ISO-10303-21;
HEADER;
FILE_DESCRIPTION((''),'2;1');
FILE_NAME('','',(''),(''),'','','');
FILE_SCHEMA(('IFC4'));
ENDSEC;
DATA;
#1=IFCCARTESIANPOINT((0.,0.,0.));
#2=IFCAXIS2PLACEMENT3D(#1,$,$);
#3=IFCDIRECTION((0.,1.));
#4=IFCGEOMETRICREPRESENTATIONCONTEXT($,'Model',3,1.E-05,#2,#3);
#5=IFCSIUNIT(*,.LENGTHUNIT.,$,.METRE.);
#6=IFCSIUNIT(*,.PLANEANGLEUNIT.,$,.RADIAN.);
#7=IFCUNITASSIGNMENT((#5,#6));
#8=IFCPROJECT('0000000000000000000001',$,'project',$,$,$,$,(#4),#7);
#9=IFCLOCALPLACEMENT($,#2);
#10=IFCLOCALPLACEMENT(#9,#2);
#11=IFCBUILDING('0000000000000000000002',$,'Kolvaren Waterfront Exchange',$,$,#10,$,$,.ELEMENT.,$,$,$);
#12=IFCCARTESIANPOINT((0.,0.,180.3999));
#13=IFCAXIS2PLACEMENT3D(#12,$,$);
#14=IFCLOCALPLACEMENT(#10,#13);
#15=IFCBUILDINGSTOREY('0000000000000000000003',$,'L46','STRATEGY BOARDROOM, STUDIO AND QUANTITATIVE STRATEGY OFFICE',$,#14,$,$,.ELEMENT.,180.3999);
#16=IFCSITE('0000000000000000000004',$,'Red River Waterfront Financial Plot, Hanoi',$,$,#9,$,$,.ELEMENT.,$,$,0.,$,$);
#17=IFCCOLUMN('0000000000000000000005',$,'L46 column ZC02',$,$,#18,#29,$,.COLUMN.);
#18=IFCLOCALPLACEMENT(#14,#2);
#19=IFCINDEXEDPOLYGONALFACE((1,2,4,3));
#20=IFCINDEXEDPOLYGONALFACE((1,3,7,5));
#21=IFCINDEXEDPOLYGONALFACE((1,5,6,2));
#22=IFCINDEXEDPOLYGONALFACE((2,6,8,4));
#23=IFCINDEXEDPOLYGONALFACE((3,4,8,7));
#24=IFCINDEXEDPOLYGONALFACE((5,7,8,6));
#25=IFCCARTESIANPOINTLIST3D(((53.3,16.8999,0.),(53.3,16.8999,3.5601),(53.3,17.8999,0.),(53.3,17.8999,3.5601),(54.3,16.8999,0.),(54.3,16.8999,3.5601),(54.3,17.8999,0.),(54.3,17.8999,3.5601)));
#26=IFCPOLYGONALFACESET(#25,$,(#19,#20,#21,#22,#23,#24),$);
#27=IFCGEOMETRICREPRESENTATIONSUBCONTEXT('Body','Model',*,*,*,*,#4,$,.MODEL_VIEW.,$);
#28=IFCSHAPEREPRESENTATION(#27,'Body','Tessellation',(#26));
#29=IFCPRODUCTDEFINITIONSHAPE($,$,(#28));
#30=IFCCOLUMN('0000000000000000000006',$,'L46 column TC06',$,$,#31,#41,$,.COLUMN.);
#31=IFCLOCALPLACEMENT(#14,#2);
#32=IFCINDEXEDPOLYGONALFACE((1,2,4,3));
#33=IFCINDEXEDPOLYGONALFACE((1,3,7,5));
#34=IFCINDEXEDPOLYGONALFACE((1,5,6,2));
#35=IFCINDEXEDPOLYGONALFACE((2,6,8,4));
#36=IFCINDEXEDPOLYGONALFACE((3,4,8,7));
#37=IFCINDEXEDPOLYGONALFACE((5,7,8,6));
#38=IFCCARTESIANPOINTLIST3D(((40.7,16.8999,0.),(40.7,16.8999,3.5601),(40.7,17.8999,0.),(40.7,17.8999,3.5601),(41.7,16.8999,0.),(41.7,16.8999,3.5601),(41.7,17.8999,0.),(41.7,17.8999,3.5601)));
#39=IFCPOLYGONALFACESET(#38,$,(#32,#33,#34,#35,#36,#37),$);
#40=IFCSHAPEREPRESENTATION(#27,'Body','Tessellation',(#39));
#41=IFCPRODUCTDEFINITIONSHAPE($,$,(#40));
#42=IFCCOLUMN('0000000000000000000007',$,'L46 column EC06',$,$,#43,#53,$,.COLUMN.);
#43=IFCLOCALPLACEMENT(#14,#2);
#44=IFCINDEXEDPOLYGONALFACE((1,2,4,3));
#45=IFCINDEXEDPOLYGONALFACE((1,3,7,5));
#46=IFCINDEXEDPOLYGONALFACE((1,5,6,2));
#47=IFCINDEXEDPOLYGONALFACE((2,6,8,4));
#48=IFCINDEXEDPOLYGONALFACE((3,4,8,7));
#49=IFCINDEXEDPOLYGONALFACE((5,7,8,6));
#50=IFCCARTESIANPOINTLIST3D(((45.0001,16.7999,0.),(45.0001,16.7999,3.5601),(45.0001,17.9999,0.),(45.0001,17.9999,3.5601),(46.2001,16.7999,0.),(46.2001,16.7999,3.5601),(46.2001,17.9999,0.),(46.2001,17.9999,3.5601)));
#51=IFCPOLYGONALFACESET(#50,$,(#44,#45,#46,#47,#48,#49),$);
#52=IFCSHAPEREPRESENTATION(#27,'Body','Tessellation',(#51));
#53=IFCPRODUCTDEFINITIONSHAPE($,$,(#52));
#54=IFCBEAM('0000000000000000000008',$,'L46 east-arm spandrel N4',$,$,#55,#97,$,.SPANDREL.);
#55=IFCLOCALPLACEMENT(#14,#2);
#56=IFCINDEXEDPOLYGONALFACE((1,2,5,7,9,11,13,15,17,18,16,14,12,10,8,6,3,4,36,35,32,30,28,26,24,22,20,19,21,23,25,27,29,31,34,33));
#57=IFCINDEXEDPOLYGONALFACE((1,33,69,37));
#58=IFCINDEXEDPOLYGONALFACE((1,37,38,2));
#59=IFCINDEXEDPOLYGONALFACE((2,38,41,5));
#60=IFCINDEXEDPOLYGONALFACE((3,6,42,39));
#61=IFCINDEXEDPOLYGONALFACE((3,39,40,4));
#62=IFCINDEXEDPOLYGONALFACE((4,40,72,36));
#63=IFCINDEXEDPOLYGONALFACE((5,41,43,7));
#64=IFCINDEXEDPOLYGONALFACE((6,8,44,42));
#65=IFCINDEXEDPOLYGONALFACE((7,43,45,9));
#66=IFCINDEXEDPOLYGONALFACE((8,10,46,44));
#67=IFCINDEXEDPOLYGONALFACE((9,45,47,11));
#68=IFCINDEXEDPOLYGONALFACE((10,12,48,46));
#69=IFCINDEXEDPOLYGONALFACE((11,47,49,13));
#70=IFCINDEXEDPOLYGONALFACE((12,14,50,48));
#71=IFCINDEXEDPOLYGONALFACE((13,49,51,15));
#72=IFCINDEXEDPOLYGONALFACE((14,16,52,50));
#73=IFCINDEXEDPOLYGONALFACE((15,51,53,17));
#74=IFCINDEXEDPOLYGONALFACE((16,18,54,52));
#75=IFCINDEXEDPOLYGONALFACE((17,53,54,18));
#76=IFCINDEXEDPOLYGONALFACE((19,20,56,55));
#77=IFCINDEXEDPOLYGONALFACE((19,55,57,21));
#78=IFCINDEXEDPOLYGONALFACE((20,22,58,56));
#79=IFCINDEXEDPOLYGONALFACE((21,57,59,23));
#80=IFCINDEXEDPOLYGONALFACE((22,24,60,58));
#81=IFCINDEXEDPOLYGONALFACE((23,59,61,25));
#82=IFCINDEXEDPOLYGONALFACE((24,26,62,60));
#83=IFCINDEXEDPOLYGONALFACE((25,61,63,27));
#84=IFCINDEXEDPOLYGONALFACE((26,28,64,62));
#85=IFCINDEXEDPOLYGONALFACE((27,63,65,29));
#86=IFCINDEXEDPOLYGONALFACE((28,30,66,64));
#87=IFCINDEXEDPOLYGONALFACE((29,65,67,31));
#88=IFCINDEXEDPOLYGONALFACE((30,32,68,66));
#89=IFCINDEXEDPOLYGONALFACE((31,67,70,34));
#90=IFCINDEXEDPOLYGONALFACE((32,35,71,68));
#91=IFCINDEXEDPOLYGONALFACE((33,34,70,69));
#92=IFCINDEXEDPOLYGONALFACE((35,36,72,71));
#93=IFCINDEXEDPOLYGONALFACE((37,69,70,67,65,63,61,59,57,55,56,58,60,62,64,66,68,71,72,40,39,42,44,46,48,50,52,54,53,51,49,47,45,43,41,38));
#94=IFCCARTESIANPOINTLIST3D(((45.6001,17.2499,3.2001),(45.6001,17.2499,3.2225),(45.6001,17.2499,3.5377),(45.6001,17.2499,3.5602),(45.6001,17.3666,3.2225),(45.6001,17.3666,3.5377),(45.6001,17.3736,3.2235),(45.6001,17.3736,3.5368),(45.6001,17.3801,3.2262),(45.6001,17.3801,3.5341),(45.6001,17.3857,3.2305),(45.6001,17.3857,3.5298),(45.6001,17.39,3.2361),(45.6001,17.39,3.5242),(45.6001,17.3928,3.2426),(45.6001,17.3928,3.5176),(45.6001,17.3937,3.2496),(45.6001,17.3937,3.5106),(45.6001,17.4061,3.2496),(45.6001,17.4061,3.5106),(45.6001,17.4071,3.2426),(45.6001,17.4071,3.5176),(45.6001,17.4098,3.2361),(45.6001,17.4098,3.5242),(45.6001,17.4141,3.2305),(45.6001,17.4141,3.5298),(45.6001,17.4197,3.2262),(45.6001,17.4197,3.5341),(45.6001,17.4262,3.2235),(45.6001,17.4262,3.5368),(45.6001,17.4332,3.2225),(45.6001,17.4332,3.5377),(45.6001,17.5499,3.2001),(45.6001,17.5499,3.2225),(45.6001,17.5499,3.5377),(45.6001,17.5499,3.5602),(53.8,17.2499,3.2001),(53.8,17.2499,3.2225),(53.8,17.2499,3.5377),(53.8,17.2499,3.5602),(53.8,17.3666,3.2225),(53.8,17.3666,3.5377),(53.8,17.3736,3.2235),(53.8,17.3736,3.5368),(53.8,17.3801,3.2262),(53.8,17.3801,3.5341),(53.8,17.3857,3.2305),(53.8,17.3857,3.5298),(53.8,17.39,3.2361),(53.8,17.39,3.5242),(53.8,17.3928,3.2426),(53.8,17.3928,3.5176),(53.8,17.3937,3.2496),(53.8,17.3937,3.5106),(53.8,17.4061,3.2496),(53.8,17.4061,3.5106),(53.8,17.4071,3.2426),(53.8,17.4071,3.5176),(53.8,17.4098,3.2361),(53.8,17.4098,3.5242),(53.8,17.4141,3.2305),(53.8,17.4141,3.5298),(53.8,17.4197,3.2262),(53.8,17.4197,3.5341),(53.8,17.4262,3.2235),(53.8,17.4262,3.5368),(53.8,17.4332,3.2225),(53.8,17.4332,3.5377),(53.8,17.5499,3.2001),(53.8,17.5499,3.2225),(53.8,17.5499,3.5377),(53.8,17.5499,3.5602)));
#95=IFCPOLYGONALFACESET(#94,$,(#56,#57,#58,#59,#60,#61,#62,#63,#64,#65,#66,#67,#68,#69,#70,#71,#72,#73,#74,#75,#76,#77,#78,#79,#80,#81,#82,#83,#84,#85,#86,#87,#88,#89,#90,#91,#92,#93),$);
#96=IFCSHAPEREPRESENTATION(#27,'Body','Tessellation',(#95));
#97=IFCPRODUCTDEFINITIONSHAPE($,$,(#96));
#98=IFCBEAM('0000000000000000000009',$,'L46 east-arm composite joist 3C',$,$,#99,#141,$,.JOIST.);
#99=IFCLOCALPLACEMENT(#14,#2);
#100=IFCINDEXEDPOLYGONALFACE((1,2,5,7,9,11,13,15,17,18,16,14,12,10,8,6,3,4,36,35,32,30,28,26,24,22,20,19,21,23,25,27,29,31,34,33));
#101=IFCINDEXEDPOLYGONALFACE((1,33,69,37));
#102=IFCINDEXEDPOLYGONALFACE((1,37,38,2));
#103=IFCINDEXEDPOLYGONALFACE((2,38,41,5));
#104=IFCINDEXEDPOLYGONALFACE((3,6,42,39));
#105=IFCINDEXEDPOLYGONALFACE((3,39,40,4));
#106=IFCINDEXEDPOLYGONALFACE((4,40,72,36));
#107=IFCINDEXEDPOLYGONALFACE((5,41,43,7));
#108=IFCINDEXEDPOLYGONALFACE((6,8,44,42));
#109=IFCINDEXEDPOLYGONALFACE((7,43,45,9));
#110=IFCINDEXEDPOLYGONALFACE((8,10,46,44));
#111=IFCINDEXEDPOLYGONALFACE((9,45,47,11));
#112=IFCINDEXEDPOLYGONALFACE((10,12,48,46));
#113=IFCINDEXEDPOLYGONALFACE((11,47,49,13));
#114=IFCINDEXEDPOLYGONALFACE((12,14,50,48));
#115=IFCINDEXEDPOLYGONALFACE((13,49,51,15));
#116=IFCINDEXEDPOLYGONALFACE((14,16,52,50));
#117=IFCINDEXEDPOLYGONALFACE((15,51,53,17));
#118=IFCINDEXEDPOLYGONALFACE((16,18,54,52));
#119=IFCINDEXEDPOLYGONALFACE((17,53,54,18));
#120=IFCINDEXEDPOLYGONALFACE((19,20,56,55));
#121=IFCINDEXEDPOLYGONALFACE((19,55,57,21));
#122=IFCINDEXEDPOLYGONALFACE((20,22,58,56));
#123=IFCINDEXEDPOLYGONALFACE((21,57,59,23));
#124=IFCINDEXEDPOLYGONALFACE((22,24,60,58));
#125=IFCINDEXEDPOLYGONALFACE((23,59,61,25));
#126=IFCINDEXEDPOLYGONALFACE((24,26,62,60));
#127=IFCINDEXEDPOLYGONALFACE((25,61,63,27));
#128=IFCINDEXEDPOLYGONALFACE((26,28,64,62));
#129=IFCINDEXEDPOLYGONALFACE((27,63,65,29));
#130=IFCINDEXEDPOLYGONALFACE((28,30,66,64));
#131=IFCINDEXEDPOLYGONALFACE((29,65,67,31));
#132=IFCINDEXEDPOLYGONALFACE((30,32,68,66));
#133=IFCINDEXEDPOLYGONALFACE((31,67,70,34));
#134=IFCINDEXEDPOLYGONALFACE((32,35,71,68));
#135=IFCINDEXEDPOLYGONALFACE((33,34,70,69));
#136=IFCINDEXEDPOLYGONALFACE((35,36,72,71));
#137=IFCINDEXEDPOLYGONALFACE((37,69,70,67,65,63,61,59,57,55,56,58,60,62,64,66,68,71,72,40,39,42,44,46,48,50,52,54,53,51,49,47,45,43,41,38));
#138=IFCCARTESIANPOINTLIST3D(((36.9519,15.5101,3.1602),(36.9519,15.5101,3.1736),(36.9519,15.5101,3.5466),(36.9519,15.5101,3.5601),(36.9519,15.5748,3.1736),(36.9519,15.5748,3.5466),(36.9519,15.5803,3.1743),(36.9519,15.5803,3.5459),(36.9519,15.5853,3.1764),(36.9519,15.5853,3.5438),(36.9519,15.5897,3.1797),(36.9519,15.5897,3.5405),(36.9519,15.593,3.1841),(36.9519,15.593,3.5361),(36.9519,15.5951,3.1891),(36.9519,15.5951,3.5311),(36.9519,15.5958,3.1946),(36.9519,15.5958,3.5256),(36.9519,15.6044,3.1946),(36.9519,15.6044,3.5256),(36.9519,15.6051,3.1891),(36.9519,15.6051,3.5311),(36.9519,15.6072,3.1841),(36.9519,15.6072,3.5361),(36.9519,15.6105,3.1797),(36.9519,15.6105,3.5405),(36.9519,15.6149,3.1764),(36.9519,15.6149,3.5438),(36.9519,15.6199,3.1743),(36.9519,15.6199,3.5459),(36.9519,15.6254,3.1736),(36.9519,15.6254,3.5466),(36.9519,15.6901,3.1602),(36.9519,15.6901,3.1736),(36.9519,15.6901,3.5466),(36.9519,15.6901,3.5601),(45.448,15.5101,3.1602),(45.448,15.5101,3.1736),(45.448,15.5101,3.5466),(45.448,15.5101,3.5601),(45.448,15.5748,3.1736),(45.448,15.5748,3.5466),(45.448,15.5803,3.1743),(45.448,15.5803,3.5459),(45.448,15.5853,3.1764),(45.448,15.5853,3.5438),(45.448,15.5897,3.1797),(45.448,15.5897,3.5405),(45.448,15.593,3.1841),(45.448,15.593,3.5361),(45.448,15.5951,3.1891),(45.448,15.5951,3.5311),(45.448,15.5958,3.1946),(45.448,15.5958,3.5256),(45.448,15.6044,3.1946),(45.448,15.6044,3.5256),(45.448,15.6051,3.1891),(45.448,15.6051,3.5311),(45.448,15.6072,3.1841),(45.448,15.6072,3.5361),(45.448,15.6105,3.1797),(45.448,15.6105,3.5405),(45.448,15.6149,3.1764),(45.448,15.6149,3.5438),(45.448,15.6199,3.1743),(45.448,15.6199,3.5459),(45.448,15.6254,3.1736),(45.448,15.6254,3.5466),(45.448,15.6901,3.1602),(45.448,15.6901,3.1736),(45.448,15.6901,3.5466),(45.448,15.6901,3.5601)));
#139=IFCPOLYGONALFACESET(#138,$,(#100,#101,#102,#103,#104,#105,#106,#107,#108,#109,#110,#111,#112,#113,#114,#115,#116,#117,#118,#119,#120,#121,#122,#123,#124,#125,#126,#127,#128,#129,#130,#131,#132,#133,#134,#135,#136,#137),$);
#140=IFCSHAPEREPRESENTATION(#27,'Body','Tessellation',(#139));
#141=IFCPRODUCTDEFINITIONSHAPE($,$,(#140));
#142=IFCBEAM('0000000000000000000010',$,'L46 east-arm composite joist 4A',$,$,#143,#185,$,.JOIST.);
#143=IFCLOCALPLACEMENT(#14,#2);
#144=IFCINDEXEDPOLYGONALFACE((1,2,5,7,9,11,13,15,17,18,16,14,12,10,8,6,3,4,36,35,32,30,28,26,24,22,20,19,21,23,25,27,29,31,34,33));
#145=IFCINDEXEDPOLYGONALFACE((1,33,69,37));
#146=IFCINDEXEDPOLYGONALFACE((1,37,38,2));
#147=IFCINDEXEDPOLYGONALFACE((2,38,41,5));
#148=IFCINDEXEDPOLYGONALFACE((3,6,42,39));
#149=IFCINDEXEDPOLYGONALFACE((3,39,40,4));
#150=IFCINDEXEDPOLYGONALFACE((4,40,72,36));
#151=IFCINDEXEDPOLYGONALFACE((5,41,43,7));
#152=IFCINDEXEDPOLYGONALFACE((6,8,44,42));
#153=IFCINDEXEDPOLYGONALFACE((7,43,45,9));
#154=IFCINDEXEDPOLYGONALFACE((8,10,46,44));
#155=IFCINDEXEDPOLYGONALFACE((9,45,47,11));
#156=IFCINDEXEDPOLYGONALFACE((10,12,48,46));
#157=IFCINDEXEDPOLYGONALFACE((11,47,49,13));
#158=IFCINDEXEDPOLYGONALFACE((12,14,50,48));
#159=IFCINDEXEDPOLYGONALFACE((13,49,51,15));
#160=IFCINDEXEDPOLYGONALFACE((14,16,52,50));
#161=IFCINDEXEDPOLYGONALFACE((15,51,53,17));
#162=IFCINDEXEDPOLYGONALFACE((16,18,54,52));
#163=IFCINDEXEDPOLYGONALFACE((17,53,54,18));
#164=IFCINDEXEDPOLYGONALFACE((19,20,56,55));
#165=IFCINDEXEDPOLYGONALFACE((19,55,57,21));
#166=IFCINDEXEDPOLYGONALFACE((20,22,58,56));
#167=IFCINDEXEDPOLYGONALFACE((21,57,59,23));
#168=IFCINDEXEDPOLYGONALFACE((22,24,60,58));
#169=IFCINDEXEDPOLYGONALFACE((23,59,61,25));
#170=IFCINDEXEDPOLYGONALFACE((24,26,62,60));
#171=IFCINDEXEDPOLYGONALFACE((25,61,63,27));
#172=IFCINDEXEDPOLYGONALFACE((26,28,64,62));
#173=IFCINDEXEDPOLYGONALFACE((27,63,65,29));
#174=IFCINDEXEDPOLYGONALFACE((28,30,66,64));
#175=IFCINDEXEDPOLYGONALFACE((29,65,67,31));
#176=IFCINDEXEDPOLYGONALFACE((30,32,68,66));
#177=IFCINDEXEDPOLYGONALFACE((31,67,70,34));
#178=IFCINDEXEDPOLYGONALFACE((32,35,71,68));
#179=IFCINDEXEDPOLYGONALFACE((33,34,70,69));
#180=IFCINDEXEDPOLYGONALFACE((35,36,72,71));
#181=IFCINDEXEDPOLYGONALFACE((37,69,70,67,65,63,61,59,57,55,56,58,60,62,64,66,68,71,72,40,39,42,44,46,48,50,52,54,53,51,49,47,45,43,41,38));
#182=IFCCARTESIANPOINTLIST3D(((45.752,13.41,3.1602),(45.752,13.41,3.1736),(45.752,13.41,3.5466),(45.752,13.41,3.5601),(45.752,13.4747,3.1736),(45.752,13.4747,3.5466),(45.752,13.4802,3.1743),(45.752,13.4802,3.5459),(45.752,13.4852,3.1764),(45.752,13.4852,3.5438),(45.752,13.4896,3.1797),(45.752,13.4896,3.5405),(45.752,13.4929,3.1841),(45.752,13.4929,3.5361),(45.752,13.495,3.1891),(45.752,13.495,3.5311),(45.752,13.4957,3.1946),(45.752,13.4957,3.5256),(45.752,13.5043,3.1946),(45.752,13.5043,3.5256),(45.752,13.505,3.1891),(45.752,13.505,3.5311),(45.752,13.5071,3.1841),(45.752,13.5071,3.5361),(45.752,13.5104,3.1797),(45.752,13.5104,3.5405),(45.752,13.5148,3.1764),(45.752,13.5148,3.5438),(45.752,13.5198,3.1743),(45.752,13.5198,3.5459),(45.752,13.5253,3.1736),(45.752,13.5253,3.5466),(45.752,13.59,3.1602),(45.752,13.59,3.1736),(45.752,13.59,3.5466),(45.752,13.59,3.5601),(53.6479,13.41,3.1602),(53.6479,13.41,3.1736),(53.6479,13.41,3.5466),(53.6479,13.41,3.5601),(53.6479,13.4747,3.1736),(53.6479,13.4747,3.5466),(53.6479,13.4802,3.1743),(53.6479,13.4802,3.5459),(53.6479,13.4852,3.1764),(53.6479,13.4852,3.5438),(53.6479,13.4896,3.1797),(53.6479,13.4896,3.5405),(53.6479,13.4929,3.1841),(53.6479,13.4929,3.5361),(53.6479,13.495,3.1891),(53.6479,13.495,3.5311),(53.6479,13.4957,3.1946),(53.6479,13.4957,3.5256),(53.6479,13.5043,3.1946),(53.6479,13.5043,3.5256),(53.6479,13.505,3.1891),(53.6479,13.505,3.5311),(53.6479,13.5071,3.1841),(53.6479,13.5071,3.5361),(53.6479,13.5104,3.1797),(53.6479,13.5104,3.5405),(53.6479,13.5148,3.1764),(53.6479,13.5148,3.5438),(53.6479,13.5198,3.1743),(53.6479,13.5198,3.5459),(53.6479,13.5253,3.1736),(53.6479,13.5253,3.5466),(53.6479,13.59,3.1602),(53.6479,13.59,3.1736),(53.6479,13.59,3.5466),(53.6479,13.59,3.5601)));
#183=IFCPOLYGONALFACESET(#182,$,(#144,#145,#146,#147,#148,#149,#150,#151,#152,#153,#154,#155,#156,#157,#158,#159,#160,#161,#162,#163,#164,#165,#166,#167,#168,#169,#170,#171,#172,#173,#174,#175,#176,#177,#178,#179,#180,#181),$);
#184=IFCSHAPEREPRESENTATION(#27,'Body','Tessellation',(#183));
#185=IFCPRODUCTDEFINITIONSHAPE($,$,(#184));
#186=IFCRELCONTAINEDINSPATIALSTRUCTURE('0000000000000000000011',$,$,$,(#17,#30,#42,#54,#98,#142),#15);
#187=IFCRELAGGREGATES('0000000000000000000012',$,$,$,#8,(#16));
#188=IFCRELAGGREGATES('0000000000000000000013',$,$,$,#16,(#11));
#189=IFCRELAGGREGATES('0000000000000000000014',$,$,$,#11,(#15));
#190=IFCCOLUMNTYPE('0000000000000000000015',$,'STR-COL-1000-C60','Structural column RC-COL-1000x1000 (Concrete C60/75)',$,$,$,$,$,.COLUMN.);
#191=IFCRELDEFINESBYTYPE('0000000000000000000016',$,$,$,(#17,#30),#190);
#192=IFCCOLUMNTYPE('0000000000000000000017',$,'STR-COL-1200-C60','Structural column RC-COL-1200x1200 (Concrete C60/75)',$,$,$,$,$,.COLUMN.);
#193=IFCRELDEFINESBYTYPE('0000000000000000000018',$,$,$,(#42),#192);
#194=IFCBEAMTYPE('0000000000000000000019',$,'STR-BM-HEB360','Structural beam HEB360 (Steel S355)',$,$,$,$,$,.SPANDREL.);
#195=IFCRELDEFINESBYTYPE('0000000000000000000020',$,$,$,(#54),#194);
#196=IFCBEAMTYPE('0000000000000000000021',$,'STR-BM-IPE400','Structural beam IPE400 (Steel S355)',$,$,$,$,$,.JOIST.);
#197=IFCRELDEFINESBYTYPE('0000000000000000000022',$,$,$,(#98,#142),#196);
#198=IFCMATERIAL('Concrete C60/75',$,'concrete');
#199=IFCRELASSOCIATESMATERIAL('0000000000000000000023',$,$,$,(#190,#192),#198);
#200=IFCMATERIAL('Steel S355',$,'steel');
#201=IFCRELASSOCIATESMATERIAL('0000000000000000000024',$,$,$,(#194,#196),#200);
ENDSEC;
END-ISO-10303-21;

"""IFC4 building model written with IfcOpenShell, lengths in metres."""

from ifc_helpers import new_model, si_unit, direction, frame, origin, origin_2d, place, context, subcontext, project, spatial, rectangle, i_section, extrude, material, material_profile, profile_set, type_object, element, save


model = new_model("IFC4")

# Units and contexts
model_context = context("Model", 3, precision=1e-05, world=origin(), true_north=direction((0.0, 1.0)))
body_context = subcontext(model_context, "Body", "Model", "MODEL_VIEW")
ifc_project = project(units=[si_unit("LENGTHUNIT", "METRE"), si_unit("PLANEANGLEUNIT", "RADIAN")], contexts=[model_context])

# Site, building, storey
site_placement = place(None, origin())
site = spatial("IfcSite", under=ifc_project, at=site_placement, Name="Red River Waterfront Financial Plot, Hanoi", CompositionType="ELEMENT", RefElevation=0.0)
building_placement = place(site_placement, origin())
building = spatial("IfcBuilding", under=site, at=building_placement, Name="Kolvaren Waterfront Exchange", CompositionType="ELEMENT")
storey_placement = place(building_placement, frame((0.0, 0.0, 180.3999)))
storey = spatial("IfcBuildingStorey", under=building, at=storey_placement, Name="L46", Description="STRATEGY BOARDROOM, STUDIO AND QUANTITATIVE STRATEGY OFFICE", CompositionType="ELEMENT", Elevation=180.3999)

# Columns
ifc_material_1 = material(Name="Concrete C60/75", Category="concrete")
ifc_material_profile_1 = material_profile(ifc_material_1, rectangle(XDim=1.0, YDim=1.0, at=origin_2d()), Name="RC-COL-1000x1000")
ifc_profile_set_1 = profile_set([ifc_material_profile_1], Name="Concrete C60/75")
column_type_1 = type_object("IfcColumnType", Name="STR-COL-1000-C60", Description="Structural column RC-COL-1000x1000 (Concrete C60/75)", PredefinedType="COLUMN", material=ifc_profile_set_1)
for number, where, z_axis, x_axis, name in (
    (1, (53.8, 17.3999, 0.0), (0.0, 0.0, 1.0), (1.0, 0.0, 0.0), "L46 column ZC02"),
    (2, (41.2, 17.3999, 0.0), (0.0, 0.0, 1.0), (1.0, 0.0, 0.0), "L46 column TC06"),
):
    element("IfcColumn", number, at=place(storey_placement, frame(where, z_axis=z_axis, x_axis=x_axis)), inside=storey, type_object=column_type_1, Name=name, PredefinedType="COLUMN", context=body_context, shape_type="SweptSolid", body=[
        extrude(rectangle(XDim=1.0, YDim=1.0, at=origin_2d()), origin(), (0.0, 0.0, 1.0), 3.5601),
    ])
ifc_material_profile_2 = material_profile(ifc_material_1, rectangle(XDim=1.2, YDim=1.2, at=origin_2d()), Name="RC-COL-1200x1200")
ifc_profile_set_2 = profile_set([ifc_material_profile_2], Name="Concrete C60/75")
column_type_2 = type_object("IfcColumnType", Name="STR-COL-1200-C60", Description="Structural column RC-COL-1200x1200 (Concrete C60/75)", PredefinedType="COLUMN", material=ifc_profile_set_2)
column_placement = place(storey_placement, frame((45.6001, 17.3999, 0.0), z_axis=(0.0, 0.0, 1.0), x_axis=(1.0, 0.0, 0.0)))
element("IfcColumn", 3, at=column_placement, inside=storey, type_object=column_type_2, Name="L46 column EC06", PredefinedType="COLUMN", context=body_context, shape_type="SweptSolid", body=[
    extrude(rectangle(XDim=1.2, YDim=1.2, at=origin_2d()), origin(), (0.0, 0.0, 1.0), 3.5601),
])

# Beams
ifc_material_2 = material(Name="Steel S355", Category="steel")
ifc_material_profile_3 = material_profile(ifc_material_2, i_section(OverallWidth=0.3, OverallDepth=0.3601, WebThickness=0.0125, FlangeThickness=0.0225, FilletRadius=0.0271, at=origin_2d()), Name="HEB360")
ifc_profile_set_3 = profile_set([ifc_material_profile_3], Name="Steel S355")
beam_type_1 = type_object("IfcBeamType", Name="STR-BM-HEB360", Description="Structural beam HEB360 (Steel S355)", PredefinedType="SPANDREL", material=ifc_profile_set_3)
beam_1_placement = place(storey_placement, frame((45.6001, 17.3999, 3.3801), z_axis=(1.0, 0.0, 0.0), x_axis=(0.0, 1.0, 0.0)))
element("IfcBeam", 4, at=beam_1_placement, inside=storey, type_object=beam_type_1, Name="L46 east-arm spandrel N4", PredefinedType="SPANDREL", context=body_context, shape_type="SweptSolid", body=[
    extrude(i_section(OverallWidth=0.3, OverallDepth=0.3601, WebThickness=0.0125, FlangeThickness=0.0225, FilletRadius=0.0271, at=origin_2d()), origin(), (0.0, 0.0, 1.0), 8.2),
])
ifc_material_profile_4 = material_profile(ifc_material_2, i_section(OverallWidth=0.1799, OverallDepth=0.3999, WebThickness=0.0085, FlangeThickness=0.0134, FilletRadius=0.021, at=origin_2d()), Name="IPE400")
ifc_profile_set_4 = profile_set([ifc_material_profile_4], Name="Steel S355")
beam_type_2 = type_object("IfcBeamType", Name="STR-BM-IPE400", Description="Structural beam IPE400 (Steel S355)", PredefinedType="JOIST", material=ifc_profile_set_4)
beam_2_placement = place(storey_placement, frame((36.9519, 15.6001, 3.3601), z_axis=(1.0, 0.0, 0.0), x_axis=(0.0, 1.0, 0.0)))
element("IfcBeam", 5, at=beam_2_placement, inside=storey, type_object=beam_type_2, Name="L46 east-arm composite joist 3C", PredefinedType="JOIST", context=body_context, shape_type="SweptSolid", body=[
    extrude(i_section(OverallWidth=0.1799, OverallDepth=0.3999, WebThickness=0.0085, FlangeThickness=0.0134, FilletRadius=0.021, at=origin_2d()), origin(), (0.0, 0.0, 1.0), 8.4961),
])
for number, where, z_axis, x_axis, name in (
    (6, (45.752, 13.5, 3.3601), (1.0, 0.0, 0.0), (0.0, 1.0, 0.0), "L46 east-arm composite joist 4A"),
):
    element("IfcBeam", number, at=place(storey_placement, frame(where, z_axis=z_axis, x_axis=x_axis)), inside=storey, type_object=beam_type_2, Name=name, PredefinedType="JOIST", context=body_context, shape_type="SweptSolid", body=[
        extrude(i_section(OverallWidth=0.1799, OverallDepth=0.3999, WebThickness=0.0085, FlangeThickness=0.0134, FilletRadius=0.021, at=origin_2d()), origin(), (0.0, 0.0, 1.0), 7.896),
    ])

save(model, "model.ifc")
